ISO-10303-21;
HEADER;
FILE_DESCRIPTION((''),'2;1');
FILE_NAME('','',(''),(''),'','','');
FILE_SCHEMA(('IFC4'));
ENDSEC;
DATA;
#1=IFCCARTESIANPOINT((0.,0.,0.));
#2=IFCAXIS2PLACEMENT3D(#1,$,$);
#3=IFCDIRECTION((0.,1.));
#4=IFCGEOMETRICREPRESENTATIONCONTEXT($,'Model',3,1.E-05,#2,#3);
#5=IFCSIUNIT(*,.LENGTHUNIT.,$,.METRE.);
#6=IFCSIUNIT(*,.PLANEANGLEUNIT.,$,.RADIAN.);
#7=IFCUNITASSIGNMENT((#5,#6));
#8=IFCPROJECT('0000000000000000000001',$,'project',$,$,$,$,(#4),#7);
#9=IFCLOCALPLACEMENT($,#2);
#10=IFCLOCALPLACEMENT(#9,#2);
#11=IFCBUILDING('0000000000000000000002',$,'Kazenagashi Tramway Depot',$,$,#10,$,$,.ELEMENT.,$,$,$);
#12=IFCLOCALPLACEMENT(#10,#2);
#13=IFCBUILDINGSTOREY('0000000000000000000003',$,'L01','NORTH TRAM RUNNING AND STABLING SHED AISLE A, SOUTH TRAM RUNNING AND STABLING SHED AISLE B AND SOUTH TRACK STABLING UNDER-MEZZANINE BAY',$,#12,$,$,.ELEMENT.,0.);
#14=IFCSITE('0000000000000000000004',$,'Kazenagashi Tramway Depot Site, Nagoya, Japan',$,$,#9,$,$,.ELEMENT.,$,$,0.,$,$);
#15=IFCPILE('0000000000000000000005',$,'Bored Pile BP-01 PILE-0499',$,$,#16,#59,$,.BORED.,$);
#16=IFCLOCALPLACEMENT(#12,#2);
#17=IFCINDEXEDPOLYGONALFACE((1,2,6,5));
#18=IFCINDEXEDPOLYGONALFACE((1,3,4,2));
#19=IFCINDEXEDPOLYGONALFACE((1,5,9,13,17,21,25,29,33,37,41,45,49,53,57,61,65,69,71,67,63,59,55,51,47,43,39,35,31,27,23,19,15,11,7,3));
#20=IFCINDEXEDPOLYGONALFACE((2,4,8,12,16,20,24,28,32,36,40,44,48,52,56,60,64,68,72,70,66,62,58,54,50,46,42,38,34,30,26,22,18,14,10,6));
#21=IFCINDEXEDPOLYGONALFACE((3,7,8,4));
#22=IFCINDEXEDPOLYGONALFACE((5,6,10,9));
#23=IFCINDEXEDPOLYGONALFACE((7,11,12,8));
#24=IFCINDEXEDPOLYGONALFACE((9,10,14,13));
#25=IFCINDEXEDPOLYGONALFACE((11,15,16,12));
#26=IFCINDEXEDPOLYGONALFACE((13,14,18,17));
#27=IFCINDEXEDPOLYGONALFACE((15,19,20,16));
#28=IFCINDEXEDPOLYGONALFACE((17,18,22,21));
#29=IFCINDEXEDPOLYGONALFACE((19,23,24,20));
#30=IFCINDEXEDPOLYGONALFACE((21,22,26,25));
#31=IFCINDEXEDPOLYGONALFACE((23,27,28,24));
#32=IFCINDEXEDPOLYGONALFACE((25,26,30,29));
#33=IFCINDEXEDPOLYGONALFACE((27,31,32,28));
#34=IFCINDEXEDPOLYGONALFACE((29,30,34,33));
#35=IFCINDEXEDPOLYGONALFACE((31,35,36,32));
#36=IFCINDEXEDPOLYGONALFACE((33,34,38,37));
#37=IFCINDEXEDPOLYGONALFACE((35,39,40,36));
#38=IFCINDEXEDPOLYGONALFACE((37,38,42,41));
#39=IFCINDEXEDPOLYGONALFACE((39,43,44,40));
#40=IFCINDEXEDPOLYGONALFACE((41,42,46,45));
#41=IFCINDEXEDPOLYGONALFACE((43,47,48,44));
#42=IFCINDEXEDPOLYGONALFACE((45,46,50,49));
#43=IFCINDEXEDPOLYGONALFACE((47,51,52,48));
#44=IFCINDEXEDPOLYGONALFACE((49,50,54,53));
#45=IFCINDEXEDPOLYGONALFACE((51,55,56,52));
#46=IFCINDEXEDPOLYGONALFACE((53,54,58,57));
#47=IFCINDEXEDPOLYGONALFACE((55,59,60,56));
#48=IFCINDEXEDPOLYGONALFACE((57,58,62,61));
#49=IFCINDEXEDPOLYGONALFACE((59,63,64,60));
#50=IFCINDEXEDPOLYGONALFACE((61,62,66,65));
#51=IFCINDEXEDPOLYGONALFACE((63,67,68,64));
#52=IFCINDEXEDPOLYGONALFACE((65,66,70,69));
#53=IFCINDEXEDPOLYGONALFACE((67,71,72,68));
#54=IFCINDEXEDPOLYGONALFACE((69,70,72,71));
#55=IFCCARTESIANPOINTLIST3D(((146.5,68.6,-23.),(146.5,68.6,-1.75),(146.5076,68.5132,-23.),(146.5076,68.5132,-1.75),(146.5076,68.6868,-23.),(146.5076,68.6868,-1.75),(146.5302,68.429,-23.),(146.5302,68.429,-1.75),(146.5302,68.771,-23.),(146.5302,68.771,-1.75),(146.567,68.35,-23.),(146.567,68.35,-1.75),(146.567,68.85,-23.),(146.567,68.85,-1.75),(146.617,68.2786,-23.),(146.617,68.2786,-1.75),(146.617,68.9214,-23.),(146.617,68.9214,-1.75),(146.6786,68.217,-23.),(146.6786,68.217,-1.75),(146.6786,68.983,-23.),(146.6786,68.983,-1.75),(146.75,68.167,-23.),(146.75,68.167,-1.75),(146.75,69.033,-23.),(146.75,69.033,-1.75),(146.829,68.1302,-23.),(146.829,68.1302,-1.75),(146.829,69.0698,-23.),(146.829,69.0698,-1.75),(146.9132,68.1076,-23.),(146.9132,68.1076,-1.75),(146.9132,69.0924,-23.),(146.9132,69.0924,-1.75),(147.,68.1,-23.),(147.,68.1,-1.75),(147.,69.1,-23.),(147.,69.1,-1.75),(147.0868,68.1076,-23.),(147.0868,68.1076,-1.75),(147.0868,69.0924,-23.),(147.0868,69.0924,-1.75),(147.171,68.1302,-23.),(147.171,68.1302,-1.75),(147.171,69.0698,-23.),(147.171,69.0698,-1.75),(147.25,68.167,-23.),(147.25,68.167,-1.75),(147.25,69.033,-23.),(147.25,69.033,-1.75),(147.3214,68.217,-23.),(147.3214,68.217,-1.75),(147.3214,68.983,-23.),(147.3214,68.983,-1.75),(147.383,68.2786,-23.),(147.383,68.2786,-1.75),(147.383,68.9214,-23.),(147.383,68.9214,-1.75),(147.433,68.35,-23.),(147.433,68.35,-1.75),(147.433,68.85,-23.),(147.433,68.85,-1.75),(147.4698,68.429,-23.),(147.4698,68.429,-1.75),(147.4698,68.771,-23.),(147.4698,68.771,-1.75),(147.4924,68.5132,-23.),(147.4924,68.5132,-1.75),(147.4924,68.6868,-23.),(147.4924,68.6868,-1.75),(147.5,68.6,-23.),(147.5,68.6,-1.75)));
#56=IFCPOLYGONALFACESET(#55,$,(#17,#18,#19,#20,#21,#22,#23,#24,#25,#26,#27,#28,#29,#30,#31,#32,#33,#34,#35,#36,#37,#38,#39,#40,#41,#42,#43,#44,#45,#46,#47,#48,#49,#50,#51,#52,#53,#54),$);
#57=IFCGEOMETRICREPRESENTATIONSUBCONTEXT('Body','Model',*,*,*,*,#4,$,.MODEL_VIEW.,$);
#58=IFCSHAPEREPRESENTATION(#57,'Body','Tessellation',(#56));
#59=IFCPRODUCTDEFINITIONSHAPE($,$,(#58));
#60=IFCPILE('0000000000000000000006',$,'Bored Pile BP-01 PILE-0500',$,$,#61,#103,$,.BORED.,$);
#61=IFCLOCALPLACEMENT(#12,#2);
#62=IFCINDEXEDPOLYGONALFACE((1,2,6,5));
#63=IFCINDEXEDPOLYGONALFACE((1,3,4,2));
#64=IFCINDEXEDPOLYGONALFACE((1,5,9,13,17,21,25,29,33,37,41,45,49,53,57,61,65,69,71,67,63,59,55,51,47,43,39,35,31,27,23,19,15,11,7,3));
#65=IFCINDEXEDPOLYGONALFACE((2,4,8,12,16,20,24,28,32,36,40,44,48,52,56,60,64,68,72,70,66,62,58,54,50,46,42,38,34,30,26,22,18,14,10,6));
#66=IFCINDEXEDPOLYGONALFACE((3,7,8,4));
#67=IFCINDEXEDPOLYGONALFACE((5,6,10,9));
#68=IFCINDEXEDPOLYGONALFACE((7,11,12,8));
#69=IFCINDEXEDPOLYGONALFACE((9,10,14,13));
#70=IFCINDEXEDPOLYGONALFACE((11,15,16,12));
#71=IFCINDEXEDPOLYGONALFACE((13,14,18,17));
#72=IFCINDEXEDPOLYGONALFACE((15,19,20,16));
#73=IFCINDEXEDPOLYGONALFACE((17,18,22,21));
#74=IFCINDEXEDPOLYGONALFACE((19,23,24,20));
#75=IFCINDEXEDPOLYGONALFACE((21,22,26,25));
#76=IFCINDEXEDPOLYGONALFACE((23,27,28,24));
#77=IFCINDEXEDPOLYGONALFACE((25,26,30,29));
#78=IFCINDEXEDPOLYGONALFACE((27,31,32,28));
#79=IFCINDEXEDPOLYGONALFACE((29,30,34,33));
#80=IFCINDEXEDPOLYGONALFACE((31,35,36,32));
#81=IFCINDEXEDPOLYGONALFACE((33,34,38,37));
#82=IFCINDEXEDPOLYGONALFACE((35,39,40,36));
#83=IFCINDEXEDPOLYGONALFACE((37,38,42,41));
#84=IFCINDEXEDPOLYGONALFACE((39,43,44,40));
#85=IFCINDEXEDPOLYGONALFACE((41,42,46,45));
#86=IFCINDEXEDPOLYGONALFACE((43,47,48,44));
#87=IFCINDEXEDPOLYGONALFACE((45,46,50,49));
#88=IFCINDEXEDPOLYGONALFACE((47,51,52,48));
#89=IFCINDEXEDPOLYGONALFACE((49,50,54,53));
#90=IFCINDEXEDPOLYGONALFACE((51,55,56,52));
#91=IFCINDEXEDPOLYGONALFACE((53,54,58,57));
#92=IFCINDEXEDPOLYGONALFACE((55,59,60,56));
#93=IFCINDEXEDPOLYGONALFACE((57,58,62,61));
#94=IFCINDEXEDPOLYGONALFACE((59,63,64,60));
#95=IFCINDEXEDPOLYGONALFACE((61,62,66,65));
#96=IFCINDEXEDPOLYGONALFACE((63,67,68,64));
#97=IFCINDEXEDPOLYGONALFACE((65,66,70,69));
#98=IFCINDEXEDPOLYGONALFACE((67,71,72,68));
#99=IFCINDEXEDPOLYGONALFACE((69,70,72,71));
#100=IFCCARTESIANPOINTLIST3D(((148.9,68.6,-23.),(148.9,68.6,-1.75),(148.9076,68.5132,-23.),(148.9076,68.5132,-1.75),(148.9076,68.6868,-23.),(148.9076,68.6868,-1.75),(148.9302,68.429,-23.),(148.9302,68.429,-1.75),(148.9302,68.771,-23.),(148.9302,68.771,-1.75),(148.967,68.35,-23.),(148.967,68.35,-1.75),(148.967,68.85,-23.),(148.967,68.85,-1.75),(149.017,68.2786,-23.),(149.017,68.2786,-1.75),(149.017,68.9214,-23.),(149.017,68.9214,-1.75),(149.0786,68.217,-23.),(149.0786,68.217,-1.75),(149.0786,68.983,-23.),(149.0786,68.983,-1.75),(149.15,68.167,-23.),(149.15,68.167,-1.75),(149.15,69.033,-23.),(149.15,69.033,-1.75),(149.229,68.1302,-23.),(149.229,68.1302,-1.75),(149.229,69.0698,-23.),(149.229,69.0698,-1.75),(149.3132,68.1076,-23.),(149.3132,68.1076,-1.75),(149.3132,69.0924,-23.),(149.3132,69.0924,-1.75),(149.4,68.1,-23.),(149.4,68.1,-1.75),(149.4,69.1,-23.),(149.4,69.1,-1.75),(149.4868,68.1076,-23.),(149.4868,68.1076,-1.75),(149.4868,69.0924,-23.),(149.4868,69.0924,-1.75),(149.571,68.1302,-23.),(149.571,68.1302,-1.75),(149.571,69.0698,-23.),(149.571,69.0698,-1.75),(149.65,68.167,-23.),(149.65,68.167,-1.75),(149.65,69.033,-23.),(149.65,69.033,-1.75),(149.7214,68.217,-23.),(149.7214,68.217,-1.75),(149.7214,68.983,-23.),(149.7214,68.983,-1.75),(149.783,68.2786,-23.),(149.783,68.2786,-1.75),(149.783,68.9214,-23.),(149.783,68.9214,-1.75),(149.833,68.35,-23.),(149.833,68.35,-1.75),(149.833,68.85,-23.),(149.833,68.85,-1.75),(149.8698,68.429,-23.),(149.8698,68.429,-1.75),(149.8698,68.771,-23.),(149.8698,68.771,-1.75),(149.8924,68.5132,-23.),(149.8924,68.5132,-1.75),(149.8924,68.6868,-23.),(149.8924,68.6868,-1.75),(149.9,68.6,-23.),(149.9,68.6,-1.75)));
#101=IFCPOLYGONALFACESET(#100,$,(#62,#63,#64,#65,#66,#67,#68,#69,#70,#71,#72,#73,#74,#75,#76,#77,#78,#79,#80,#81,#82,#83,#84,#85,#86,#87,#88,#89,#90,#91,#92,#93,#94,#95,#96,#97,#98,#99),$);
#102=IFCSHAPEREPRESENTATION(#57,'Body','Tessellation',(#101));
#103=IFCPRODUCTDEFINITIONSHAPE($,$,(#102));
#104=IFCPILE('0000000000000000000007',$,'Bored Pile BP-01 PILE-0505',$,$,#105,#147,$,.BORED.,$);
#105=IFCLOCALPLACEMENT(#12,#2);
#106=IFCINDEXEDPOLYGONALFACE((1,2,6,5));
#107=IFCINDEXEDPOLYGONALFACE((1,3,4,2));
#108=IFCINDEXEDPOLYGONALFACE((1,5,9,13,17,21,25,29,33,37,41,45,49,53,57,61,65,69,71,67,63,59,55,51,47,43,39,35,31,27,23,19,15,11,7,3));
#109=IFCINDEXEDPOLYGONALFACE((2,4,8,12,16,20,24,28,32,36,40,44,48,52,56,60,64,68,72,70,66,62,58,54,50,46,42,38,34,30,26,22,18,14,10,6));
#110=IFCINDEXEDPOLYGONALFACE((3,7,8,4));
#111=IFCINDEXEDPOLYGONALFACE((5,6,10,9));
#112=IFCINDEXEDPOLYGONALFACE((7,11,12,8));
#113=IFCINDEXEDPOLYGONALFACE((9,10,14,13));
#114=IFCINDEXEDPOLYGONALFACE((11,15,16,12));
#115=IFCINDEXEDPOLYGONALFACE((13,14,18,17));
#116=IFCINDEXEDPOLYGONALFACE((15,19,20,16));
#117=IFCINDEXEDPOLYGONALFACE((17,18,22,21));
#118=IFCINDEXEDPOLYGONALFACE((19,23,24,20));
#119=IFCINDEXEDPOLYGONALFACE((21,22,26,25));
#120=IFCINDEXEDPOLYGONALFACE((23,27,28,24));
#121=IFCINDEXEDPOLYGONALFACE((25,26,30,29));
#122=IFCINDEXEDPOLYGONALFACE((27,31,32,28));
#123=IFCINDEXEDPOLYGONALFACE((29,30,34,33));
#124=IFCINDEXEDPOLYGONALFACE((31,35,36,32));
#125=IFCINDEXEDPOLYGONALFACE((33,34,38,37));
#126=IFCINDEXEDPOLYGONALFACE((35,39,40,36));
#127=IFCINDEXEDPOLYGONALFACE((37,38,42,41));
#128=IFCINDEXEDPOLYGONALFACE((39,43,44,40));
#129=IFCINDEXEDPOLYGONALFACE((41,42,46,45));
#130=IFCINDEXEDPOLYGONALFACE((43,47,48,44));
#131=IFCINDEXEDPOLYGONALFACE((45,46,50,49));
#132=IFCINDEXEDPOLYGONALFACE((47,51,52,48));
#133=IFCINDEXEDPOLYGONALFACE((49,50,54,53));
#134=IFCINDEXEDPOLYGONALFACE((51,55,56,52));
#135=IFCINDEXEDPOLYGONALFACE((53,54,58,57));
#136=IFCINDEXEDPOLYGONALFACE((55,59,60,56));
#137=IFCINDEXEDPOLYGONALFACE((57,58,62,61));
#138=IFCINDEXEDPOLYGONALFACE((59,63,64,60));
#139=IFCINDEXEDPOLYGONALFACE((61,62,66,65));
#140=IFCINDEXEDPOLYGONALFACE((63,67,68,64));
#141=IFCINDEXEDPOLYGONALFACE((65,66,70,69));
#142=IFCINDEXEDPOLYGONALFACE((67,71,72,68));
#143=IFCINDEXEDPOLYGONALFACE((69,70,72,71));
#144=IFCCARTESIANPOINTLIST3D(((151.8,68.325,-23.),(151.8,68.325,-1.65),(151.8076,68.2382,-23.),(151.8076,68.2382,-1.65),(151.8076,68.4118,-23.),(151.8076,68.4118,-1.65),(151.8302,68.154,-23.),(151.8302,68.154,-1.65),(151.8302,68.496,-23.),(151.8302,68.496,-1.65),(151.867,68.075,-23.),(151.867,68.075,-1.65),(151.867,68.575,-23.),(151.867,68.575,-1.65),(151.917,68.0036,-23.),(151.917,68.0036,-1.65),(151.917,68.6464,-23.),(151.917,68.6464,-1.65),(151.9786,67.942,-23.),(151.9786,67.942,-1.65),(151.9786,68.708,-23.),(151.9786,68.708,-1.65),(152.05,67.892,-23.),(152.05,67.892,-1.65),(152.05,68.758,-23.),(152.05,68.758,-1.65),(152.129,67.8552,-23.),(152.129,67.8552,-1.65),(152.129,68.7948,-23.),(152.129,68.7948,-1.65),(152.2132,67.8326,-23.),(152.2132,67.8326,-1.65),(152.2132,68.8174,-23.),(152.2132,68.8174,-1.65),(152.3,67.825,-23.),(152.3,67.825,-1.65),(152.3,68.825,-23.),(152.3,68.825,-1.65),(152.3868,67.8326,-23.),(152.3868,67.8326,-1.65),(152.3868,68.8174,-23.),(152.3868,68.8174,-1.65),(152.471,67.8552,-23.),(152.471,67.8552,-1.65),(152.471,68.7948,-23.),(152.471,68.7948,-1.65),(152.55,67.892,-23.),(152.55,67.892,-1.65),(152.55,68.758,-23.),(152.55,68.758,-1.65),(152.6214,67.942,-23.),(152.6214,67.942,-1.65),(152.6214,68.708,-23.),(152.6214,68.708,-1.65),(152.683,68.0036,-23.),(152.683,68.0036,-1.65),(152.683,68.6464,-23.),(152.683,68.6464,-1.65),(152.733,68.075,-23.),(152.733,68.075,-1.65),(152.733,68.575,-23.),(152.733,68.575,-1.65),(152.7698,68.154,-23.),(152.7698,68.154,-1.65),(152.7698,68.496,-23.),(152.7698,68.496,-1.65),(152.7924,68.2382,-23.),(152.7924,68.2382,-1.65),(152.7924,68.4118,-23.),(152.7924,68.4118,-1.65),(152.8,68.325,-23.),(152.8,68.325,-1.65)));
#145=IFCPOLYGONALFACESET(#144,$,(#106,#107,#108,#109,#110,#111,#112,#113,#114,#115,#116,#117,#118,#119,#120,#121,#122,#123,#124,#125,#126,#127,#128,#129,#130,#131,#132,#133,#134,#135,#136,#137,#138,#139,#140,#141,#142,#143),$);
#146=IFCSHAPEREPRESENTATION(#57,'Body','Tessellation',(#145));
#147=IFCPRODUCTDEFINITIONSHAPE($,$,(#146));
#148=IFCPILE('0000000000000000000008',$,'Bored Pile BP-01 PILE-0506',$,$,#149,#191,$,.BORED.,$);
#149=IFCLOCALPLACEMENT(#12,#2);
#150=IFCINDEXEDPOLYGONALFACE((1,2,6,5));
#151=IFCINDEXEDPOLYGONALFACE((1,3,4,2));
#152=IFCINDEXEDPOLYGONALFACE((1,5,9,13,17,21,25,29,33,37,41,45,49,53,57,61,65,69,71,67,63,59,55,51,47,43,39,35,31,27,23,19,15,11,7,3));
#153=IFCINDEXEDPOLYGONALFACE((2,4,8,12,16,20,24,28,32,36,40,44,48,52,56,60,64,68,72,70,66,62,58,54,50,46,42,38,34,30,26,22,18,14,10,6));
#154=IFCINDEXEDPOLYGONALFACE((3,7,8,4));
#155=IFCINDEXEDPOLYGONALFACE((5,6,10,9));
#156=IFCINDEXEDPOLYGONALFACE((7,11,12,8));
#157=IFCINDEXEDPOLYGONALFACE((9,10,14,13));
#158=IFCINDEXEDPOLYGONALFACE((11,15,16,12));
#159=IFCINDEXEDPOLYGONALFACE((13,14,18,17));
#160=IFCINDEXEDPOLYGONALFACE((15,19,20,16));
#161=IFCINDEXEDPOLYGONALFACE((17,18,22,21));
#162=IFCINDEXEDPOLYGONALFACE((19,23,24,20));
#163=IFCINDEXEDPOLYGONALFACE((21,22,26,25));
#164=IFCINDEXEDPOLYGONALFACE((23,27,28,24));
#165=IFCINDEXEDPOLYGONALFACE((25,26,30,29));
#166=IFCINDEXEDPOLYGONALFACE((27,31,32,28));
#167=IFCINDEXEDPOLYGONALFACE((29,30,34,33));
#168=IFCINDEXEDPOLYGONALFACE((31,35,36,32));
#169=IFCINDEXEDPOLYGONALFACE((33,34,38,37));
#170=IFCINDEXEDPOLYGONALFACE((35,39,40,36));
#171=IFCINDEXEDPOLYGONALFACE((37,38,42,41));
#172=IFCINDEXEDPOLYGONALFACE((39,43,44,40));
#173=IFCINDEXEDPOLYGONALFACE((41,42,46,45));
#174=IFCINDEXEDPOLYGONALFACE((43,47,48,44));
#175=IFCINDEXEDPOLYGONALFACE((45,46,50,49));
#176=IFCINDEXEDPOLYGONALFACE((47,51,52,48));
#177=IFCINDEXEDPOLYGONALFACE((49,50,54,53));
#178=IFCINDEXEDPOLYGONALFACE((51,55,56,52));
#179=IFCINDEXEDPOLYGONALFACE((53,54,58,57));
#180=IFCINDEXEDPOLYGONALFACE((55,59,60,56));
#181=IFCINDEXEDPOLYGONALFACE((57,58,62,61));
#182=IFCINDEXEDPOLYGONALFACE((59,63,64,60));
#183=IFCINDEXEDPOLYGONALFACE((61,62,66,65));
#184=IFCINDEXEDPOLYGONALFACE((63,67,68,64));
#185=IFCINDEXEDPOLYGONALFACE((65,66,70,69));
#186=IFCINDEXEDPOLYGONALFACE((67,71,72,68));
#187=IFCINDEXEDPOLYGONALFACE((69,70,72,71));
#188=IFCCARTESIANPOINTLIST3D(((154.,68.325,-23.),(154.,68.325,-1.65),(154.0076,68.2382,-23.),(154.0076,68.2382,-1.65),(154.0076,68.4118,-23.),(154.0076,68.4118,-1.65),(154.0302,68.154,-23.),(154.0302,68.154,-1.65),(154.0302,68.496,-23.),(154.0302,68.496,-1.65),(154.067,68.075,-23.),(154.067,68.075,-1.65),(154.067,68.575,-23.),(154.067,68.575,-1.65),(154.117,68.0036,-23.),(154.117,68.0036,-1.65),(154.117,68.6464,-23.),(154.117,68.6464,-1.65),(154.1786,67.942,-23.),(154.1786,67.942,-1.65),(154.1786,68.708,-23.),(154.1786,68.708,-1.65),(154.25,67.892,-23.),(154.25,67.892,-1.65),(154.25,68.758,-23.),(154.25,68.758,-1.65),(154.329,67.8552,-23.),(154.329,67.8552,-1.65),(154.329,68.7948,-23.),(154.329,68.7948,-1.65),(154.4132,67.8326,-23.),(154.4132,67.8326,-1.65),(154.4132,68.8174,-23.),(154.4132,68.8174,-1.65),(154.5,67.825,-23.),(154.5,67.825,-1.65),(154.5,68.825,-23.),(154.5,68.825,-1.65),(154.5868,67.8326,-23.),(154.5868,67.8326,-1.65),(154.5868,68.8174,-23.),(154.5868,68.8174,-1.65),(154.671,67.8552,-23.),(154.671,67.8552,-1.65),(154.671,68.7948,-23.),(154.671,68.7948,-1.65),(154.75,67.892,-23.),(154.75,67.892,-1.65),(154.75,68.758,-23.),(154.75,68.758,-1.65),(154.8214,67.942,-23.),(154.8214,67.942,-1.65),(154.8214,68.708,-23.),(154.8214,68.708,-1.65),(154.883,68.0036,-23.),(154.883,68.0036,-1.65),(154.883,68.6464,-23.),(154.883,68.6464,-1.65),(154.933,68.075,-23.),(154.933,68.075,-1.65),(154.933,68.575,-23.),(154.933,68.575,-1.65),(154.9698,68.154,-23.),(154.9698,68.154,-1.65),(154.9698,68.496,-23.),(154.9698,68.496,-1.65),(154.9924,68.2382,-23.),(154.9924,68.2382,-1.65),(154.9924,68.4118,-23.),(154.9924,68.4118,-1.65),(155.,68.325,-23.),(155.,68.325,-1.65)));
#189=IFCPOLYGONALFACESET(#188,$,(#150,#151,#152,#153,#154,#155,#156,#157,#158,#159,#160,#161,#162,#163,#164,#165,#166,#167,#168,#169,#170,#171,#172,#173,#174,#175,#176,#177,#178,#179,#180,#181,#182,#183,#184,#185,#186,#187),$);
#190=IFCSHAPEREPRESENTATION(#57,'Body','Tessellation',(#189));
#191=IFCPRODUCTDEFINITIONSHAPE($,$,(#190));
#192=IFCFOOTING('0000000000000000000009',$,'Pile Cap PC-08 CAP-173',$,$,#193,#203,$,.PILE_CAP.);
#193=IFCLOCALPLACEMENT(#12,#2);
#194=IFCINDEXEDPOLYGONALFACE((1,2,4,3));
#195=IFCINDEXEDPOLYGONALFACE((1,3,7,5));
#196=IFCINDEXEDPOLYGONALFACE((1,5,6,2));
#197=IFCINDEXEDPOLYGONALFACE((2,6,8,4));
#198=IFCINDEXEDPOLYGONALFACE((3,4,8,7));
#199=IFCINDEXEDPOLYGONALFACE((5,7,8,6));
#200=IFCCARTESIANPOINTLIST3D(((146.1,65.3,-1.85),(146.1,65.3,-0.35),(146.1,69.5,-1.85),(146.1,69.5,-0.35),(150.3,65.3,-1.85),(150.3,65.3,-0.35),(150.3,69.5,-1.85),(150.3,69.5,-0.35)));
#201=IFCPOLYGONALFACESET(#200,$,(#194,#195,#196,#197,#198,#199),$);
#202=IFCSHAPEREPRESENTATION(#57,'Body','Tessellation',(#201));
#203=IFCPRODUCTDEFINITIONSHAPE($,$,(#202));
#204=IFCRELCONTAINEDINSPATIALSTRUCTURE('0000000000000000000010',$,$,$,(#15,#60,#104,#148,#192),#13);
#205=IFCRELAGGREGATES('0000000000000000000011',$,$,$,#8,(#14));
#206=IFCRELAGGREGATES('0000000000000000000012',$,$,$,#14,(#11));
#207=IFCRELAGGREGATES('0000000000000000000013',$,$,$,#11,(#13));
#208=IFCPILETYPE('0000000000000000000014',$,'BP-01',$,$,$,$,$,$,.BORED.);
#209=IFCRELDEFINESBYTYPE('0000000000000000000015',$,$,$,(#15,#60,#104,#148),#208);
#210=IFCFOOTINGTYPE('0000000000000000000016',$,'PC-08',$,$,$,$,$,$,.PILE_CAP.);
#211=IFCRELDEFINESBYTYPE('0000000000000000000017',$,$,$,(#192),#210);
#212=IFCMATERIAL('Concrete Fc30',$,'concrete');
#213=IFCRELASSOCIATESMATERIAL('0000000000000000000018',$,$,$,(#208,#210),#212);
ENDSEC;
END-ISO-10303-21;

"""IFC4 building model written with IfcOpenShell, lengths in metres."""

from ifc_helpers import new_model, si_unit, direction, frame, origin, origin_2d, place, context, subcontext, project, spatial, rectangle, circle, extrude, material, material_profile, profile_set, type_object, element, save


model = new_model("IFC4")

# Units and contexts
model_context = context("Model", 3, precision=1e-05, world=origin(), true_north=direction((0.0, 1.0)))
body_context = subcontext(model_context, "Body", "Model", "MODEL_VIEW")
ifc_project = project(units=[si_unit("LENGTHUNIT", "METRE"), si_unit("PLANEANGLEUNIT", "RADIAN")], contexts=[model_context])

# Site, building, storey
site_placement = place(None, origin())
site = spatial("IfcSite", under=ifc_project, at=site_placement, Name="Kazenagashi Tramway Depot Site, Nagoya, Japan", CompositionType="ELEMENT", RefElevation=0.0)
building_placement = place(site_placement, origin())
building = spatial("IfcBuilding", under=site, at=building_placement, Name="Kazenagashi Tramway Depot", CompositionType="ELEMENT")
storey_placement = place(building_placement, origin())
storey = spatial("IfcBuildingStorey", under=building, at=storey_placement, Name="L01", Description="NORTH TRAM RUNNING AND STABLING SHED AISLE A, SOUTH TRAM RUNNING AND STABLING SHED AISLE B AND SOUTH TRACK STABLING UNDER-MEZZANINE BAY", CompositionType="ELEMENT", Elevation=0.0)

# Piles
ifc_material_1 = material(Name="Concrete Fc30", Category="concrete")
ifc_material_profile_1 = material_profile(ifc_material_1, circle(Radius=0.5, at=origin_2d()), Name="PILE-1000")
ifc_profile_set_1 = profile_set([ifc_material_profile_1], Name="Concrete Fc30")
pile_type = type_object("IfcPileType", Name="BP-01", PredefinedType="BORED", material=ifc_profile_set_1)
for number, where, z_axis, x_axis, name in (
    (1, (147.0, 68.6, -1.75), (0.0, 0.0, -1.0), (1.0, 0.0, 0.0), "Bored Pile BP-01 PILE-0499"),
    (2, (149.4, 68.6, -1.75), (0.0, 0.0, -1.0), (1.0, 0.0, 0.0), "Bored Pile BP-01 PILE-0500"),
):
    element("IfcPile", number, at=place(storey_placement, frame(where, z_axis=z_axis, x_axis=x_axis)), inside=storey, type_object=pile_type, Name=name, PredefinedType="BORED", context=body_context, shape_type="SweptSolid", body=[
        extrude(circle(Radius=0.5, at=origin_2d()), origin(), (0.0, 0.0, 1.0), 21.25),
    ])
for number, where, z_axis, x_axis, name in (
    (3, (152.3, 68.325, -1.65), (0.0, 0.0, -1.0), (1.0, 0.0, 0.0), "Bored Pile BP-01 PILE-0505"),
    (4, (154.5, 68.325, -1.65), (0.0, 0.0, -1.0), (1.0, 0.0, 0.0), "Bored Pile BP-01 PILE-0506"),
):
    element("IfcPile", number, at=place(storey_placement, frame(where, z_axis=z_axis, x_axis=x_axis)), inside=storey, type_object=pile_type, Name=name, PredefinedType="BORED", context=body_context, shape_type="SweptSolid", body=[
        extrude(circle(Radius=0.5, at=origin_2d()), origin(), (0.0, 0.0, 1.0), 21.35),
    ])

# Footing
footing_type_1 = type_object("IfcFootingType", Name="PC-08", PredefinedType="PILE_CAP", material=ifc_material_1)
footing_1_placement = place(storey_placement, frame((148.2, 67.4, -1.85), z_axis=(0.0, 0.0, 1.0), x_axis=(1.0, 0.0, 0.0)))
element("IfcFooting", 5, at=footing_1_placement, inside=storey, type_object=footing_type_1, Name="Pile Cap PC-08 CAP-173", PredefinedType="PILE_CAP", context=body_context, shape_type="SweptSolid", body=[
    extrude(rectangle(XDim=4.2, YDim=4.2, at=origin_2d()), origin(), (0.0, 0.0, 1.0), 1.5),
])

save(model, "model.ifc")
